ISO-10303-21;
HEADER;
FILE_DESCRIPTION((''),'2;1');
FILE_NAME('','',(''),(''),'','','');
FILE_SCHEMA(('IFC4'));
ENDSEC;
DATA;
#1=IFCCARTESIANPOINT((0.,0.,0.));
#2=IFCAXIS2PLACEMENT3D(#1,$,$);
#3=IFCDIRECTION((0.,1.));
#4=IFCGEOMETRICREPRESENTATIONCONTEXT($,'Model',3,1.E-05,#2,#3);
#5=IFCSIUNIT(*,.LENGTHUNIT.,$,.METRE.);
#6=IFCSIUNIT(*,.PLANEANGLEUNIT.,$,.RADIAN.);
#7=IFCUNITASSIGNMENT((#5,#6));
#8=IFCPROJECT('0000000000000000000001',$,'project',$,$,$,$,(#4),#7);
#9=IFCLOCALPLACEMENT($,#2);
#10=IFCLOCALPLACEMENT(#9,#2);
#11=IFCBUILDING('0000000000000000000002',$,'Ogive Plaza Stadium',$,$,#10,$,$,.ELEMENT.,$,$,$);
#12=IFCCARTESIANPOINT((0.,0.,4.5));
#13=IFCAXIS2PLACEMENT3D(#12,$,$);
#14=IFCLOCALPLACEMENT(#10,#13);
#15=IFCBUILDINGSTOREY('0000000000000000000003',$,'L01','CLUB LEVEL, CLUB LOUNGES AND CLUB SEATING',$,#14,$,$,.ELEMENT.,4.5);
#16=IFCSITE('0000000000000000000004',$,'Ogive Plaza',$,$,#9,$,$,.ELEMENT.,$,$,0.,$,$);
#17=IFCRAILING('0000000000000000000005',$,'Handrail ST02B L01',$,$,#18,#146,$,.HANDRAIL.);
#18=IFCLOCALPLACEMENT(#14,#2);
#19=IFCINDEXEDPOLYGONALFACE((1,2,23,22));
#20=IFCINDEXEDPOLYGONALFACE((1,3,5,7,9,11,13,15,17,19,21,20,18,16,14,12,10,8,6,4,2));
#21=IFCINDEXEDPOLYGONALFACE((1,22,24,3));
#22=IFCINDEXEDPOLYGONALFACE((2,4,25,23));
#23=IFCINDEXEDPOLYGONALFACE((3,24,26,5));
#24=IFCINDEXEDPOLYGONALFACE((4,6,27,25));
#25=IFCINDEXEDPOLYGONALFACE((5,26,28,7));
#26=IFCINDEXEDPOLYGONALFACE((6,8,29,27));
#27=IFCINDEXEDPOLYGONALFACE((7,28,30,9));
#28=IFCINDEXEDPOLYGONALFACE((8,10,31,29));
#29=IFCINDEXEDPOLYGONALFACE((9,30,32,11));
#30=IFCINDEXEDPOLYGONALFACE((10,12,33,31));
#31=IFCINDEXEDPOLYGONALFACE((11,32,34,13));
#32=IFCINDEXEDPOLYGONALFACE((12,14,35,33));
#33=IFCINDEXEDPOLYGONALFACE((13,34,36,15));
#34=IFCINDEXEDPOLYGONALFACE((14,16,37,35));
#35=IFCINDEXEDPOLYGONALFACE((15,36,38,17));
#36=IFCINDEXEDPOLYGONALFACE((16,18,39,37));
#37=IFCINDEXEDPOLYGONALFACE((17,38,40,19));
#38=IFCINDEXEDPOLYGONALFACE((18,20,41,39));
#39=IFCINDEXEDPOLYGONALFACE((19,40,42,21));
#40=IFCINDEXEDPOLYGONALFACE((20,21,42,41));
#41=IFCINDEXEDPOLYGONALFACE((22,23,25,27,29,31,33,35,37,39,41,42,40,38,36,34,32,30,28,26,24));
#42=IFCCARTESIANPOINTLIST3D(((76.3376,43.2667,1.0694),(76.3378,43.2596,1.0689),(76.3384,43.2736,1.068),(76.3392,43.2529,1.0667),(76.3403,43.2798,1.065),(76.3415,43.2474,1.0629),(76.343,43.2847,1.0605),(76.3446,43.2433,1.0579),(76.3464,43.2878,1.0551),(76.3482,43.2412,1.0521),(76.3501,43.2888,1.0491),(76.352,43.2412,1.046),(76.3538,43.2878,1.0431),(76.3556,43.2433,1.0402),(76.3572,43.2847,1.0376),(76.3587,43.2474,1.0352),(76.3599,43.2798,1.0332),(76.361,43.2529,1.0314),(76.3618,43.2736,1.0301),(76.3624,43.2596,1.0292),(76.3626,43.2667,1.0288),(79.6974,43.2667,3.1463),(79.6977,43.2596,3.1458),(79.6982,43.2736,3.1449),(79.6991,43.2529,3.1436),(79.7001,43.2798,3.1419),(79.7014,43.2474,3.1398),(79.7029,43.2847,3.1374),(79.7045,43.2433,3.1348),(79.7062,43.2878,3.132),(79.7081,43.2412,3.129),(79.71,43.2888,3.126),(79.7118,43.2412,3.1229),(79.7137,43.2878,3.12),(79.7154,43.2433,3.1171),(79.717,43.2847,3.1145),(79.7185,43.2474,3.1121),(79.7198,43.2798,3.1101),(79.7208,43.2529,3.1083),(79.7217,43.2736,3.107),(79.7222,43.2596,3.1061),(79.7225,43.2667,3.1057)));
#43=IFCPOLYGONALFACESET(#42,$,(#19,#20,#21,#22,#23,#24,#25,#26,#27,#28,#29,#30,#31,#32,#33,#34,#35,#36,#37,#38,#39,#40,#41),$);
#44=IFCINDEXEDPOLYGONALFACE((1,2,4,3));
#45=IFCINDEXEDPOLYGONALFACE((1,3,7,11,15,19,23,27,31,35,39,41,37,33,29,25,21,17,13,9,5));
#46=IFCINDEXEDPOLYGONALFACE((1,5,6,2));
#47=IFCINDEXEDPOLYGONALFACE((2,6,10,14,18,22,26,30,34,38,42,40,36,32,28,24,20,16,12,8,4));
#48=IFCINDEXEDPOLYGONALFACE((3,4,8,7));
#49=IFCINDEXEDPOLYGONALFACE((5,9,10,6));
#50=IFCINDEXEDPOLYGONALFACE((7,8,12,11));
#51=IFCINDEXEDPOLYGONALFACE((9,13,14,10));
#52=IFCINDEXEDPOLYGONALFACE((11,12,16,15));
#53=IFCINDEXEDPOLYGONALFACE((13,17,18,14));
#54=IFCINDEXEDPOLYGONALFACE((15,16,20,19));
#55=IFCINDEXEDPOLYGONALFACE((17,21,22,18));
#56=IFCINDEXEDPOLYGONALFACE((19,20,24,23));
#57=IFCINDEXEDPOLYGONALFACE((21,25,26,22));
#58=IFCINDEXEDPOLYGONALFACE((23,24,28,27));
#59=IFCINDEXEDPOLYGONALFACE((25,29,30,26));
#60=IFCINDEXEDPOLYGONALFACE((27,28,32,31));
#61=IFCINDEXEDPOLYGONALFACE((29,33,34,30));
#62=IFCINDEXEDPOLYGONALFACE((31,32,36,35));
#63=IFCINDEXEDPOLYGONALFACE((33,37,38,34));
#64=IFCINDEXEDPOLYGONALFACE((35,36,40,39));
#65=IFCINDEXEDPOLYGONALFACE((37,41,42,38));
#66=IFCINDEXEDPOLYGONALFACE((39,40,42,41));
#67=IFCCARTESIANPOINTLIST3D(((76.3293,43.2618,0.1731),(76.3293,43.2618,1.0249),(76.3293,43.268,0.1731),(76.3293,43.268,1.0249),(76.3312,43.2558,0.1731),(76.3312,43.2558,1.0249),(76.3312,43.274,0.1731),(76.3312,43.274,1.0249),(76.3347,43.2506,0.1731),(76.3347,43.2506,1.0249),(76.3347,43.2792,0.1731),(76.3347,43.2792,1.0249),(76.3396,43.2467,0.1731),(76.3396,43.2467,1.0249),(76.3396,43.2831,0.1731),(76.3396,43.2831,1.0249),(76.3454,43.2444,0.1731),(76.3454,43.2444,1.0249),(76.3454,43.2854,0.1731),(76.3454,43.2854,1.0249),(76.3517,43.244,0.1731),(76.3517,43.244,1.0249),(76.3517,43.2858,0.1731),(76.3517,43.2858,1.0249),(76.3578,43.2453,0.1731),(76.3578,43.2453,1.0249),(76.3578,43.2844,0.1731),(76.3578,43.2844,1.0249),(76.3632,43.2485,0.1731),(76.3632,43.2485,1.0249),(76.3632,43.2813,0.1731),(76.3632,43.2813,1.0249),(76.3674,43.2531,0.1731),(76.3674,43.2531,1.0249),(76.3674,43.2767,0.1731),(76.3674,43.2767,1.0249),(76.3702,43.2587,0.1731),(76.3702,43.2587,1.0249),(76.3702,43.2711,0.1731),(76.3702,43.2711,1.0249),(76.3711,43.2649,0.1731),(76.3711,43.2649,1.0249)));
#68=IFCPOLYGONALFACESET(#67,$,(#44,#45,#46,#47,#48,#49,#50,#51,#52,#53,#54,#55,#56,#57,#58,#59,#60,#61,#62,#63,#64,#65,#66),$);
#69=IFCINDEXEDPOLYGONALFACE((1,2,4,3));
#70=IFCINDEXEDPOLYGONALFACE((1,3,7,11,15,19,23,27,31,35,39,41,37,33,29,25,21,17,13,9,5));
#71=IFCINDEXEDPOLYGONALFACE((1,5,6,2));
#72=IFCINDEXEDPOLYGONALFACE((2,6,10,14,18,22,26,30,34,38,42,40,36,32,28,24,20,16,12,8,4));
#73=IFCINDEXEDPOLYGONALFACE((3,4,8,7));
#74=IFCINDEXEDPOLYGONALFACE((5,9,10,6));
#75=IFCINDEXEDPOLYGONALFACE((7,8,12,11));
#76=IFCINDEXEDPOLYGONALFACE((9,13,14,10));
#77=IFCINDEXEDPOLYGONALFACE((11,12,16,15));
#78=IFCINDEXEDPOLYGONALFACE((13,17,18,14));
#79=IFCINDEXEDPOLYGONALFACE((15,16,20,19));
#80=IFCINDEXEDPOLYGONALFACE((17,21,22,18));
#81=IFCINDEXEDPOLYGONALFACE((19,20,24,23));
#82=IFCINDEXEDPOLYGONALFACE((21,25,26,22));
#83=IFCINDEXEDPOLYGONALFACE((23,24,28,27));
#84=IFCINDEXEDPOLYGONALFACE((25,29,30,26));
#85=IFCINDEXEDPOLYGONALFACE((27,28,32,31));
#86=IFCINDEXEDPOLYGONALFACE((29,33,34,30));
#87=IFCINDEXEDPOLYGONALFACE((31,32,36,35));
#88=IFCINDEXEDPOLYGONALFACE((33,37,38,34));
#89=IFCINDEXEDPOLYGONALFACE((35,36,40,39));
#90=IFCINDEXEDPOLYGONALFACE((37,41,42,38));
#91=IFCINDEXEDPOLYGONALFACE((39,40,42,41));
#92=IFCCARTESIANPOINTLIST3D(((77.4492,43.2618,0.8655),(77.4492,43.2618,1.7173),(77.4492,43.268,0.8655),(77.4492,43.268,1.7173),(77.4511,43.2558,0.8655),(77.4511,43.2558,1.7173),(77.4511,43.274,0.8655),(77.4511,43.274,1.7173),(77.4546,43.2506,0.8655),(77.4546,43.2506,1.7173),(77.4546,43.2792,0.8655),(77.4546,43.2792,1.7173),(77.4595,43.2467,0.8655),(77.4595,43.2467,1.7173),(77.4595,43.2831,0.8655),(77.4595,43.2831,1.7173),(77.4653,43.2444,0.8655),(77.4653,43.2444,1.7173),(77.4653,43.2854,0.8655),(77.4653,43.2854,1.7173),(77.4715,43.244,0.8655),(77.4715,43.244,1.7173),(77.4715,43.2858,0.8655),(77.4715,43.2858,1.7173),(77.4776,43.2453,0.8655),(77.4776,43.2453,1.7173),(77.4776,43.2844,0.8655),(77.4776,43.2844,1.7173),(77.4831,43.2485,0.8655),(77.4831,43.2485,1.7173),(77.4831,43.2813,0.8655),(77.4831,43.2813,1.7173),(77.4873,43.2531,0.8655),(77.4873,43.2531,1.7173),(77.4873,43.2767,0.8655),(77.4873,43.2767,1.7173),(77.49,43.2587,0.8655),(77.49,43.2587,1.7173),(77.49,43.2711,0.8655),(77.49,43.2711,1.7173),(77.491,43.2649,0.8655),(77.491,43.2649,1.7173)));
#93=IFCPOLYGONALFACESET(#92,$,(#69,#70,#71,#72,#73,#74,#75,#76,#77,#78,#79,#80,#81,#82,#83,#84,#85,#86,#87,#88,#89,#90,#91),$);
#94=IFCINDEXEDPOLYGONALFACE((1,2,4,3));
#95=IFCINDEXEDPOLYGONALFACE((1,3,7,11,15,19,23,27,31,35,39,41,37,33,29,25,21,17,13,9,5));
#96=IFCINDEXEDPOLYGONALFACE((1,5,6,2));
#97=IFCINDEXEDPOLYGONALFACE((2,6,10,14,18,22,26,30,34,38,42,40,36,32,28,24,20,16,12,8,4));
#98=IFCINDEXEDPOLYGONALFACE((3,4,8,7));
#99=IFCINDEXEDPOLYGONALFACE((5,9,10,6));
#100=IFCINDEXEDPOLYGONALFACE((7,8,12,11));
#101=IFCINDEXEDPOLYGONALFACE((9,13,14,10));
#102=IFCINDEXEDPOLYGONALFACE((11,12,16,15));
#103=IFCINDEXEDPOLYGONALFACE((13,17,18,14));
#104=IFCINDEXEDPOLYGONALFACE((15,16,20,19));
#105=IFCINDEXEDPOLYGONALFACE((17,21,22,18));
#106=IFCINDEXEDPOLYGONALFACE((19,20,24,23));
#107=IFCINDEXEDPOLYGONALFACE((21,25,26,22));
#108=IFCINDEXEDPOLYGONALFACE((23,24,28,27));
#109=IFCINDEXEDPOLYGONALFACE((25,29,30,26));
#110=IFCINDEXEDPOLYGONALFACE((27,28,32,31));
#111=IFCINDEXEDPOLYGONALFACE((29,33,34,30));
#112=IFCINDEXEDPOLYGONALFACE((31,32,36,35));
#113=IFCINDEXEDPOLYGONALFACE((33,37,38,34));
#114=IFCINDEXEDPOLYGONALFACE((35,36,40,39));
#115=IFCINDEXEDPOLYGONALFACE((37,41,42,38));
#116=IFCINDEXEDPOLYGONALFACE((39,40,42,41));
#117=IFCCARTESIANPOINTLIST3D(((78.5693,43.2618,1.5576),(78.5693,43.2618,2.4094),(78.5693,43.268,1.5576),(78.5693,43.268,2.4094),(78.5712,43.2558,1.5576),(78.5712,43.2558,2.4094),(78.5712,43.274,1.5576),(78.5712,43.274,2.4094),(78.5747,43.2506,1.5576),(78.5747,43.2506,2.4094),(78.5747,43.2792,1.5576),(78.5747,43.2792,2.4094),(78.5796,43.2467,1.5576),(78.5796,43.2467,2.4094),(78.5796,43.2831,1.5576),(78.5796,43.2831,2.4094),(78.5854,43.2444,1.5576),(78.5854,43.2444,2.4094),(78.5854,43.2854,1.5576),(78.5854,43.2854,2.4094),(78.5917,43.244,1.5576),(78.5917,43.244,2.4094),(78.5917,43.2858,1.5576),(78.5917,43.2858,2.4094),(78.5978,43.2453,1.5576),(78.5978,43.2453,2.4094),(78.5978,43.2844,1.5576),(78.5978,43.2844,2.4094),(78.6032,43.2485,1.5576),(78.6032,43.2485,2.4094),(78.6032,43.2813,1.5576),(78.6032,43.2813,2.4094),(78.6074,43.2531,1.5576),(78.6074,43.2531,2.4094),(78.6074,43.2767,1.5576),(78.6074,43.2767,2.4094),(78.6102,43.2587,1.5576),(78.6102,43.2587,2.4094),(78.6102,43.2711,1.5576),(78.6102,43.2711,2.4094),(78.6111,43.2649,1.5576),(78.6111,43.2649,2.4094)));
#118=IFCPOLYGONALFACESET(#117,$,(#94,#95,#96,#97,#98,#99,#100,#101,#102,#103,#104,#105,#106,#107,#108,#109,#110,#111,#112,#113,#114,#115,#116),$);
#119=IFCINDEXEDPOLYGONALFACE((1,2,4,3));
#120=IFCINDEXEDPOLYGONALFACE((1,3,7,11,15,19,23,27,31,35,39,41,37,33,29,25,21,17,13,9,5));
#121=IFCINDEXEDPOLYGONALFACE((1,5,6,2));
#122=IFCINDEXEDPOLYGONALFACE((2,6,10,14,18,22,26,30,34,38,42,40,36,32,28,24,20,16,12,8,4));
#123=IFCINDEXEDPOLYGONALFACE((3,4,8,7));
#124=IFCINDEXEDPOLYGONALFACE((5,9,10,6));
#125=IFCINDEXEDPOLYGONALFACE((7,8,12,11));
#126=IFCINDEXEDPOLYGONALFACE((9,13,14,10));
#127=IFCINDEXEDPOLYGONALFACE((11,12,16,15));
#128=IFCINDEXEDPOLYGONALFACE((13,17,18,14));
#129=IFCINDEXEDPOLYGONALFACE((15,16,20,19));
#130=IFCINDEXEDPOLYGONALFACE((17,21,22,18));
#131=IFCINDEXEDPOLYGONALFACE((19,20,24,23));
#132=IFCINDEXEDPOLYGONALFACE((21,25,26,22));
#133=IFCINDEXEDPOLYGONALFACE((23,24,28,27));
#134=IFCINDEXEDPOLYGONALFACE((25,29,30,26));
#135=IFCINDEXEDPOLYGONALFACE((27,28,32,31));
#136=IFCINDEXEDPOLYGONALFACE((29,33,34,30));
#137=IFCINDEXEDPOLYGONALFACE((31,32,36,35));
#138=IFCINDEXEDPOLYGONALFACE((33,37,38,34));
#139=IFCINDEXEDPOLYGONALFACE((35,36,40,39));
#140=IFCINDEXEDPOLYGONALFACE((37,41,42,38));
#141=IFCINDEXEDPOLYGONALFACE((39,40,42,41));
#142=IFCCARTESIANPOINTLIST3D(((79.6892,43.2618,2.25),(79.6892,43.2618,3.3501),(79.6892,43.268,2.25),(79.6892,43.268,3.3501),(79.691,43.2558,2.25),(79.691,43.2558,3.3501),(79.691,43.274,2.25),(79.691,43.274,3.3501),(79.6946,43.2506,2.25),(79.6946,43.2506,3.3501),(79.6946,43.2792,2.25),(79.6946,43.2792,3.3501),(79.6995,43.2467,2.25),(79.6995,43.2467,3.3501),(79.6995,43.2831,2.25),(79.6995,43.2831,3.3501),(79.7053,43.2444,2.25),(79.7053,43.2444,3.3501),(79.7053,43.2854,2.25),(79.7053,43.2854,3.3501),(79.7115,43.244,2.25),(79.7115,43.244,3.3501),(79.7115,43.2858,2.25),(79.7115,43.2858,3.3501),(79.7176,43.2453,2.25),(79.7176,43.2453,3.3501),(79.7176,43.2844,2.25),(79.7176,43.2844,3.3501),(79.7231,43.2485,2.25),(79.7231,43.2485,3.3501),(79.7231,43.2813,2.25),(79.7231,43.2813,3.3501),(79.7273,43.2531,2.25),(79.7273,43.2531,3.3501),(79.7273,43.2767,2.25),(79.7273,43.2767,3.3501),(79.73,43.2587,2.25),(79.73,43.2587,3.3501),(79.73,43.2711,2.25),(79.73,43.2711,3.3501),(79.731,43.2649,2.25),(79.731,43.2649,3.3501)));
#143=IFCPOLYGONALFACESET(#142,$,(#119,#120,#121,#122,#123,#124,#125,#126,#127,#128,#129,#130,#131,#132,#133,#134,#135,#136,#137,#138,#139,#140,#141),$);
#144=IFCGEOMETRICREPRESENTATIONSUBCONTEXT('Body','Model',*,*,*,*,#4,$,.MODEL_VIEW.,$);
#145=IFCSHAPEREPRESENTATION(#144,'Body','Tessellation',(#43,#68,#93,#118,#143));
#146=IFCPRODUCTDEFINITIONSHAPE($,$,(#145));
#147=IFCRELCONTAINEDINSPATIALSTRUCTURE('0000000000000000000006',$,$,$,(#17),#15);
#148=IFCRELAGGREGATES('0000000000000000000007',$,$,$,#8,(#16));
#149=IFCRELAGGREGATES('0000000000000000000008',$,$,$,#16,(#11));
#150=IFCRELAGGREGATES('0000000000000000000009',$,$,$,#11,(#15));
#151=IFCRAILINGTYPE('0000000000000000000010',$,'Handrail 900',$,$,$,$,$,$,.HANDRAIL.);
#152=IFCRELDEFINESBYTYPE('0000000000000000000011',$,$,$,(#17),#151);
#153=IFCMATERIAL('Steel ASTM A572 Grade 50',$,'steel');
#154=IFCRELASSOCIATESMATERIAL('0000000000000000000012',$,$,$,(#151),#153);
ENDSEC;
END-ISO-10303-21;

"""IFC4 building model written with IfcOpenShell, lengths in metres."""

from ifc_helpers import new_model, si_unit, direction, frame, origin, origin_2d, place, context, subcontext, project, spatial, circle, extrude, material, type_object, element, save


model = new_model("IFC4")

# Units and contexts
model_context = context("Model", 3, precision=1e-05, world=origin(), true_north=direction((0.0, 1.0)))
body_context = subcontext(model_context, "Body", "Model", "MODEL_VIEW")
ifc_project = project(units=[si_unit("LENGTHUNIT", "METRE"), si_unit("PLANEANGLEUNIT", "RADIAN")], contexts=[model_context])

# Site, building, storey
site_placement = place(None, origin())
site = spatial("IfcSite", under=ifc_project, at=site_placement, Name="Ogive Plaza", CompositionType="ELEMENT", RefElevation=0.0)
building_placement = place(site_placement, origin())
building = spatial("IfcBuilding", under=site, at=building_placement, Name="Ogive Plaza Stadium", CompositionType="ELEMENT")
storey_placement = place(building_placement, frame((0.0, 0.0, 4.5)))
storey = spatial("IfcBuildingStorey", under=building, at=storey_placement, Name="L01", Description="CLUB LEVEL, CLUB LOUNGES AND CLUB SEATING", CompositionType="ELEMENT", Elevation=4.5)

# Railing
ifc_material_1 = material(Name="Steel ASTM A572 Grade 50", Category="steel")
railing_type_1 = type_object("IfcRailingType", Name="Handrail 900", PredefinedType="HANDRAIL", material=ifc_material_1)
for number, where, name in (
    (1, (76.3501, 43.2649, 0.1731), "Handrail ST02B L01"),
):
    element("IfcRailing", number, at=place(storey_placement, frame(where)), inside=storey, type_object=railing_type_1, Name=name, PredefinedType="HANDRAIL", context=body_context, shape_type="SweptSolid", body=[
        extrude(circle(Radius=0.0239, at=origin_2d()), frame((0.0, 0.0, 0.876), z_axis=(0.850606, 0.0, 0.525803), x_axis=(0.0, 1.0, 0.0)), (0.0, 0.0, 1.0), 3.95),
        extrude(circle(Radius=0.021, at=origin_2d()), origin(), (0.0, 0.0, 1.0), 0.8518),
        extrude(circle(Radius=0.021, at=origin_2d()), frame((1.1199, 0.0, 0.6924)), (0.0, 0.0, 1.0), 0.8518),
        extrude(circle(Radius=0.021, at=origin_2d()), frame((2.24, 0.0, 1.3845)), (0.0, 0.0, 1.0), 0.8518),
        extrude(circle(Radius=0.021, at=origin_2d()), frame((3.3599, 0.0, 2.0769)), (0.0, 0.0, 1.0), 1.1001),
    ])

save(model, "model.ifc")
